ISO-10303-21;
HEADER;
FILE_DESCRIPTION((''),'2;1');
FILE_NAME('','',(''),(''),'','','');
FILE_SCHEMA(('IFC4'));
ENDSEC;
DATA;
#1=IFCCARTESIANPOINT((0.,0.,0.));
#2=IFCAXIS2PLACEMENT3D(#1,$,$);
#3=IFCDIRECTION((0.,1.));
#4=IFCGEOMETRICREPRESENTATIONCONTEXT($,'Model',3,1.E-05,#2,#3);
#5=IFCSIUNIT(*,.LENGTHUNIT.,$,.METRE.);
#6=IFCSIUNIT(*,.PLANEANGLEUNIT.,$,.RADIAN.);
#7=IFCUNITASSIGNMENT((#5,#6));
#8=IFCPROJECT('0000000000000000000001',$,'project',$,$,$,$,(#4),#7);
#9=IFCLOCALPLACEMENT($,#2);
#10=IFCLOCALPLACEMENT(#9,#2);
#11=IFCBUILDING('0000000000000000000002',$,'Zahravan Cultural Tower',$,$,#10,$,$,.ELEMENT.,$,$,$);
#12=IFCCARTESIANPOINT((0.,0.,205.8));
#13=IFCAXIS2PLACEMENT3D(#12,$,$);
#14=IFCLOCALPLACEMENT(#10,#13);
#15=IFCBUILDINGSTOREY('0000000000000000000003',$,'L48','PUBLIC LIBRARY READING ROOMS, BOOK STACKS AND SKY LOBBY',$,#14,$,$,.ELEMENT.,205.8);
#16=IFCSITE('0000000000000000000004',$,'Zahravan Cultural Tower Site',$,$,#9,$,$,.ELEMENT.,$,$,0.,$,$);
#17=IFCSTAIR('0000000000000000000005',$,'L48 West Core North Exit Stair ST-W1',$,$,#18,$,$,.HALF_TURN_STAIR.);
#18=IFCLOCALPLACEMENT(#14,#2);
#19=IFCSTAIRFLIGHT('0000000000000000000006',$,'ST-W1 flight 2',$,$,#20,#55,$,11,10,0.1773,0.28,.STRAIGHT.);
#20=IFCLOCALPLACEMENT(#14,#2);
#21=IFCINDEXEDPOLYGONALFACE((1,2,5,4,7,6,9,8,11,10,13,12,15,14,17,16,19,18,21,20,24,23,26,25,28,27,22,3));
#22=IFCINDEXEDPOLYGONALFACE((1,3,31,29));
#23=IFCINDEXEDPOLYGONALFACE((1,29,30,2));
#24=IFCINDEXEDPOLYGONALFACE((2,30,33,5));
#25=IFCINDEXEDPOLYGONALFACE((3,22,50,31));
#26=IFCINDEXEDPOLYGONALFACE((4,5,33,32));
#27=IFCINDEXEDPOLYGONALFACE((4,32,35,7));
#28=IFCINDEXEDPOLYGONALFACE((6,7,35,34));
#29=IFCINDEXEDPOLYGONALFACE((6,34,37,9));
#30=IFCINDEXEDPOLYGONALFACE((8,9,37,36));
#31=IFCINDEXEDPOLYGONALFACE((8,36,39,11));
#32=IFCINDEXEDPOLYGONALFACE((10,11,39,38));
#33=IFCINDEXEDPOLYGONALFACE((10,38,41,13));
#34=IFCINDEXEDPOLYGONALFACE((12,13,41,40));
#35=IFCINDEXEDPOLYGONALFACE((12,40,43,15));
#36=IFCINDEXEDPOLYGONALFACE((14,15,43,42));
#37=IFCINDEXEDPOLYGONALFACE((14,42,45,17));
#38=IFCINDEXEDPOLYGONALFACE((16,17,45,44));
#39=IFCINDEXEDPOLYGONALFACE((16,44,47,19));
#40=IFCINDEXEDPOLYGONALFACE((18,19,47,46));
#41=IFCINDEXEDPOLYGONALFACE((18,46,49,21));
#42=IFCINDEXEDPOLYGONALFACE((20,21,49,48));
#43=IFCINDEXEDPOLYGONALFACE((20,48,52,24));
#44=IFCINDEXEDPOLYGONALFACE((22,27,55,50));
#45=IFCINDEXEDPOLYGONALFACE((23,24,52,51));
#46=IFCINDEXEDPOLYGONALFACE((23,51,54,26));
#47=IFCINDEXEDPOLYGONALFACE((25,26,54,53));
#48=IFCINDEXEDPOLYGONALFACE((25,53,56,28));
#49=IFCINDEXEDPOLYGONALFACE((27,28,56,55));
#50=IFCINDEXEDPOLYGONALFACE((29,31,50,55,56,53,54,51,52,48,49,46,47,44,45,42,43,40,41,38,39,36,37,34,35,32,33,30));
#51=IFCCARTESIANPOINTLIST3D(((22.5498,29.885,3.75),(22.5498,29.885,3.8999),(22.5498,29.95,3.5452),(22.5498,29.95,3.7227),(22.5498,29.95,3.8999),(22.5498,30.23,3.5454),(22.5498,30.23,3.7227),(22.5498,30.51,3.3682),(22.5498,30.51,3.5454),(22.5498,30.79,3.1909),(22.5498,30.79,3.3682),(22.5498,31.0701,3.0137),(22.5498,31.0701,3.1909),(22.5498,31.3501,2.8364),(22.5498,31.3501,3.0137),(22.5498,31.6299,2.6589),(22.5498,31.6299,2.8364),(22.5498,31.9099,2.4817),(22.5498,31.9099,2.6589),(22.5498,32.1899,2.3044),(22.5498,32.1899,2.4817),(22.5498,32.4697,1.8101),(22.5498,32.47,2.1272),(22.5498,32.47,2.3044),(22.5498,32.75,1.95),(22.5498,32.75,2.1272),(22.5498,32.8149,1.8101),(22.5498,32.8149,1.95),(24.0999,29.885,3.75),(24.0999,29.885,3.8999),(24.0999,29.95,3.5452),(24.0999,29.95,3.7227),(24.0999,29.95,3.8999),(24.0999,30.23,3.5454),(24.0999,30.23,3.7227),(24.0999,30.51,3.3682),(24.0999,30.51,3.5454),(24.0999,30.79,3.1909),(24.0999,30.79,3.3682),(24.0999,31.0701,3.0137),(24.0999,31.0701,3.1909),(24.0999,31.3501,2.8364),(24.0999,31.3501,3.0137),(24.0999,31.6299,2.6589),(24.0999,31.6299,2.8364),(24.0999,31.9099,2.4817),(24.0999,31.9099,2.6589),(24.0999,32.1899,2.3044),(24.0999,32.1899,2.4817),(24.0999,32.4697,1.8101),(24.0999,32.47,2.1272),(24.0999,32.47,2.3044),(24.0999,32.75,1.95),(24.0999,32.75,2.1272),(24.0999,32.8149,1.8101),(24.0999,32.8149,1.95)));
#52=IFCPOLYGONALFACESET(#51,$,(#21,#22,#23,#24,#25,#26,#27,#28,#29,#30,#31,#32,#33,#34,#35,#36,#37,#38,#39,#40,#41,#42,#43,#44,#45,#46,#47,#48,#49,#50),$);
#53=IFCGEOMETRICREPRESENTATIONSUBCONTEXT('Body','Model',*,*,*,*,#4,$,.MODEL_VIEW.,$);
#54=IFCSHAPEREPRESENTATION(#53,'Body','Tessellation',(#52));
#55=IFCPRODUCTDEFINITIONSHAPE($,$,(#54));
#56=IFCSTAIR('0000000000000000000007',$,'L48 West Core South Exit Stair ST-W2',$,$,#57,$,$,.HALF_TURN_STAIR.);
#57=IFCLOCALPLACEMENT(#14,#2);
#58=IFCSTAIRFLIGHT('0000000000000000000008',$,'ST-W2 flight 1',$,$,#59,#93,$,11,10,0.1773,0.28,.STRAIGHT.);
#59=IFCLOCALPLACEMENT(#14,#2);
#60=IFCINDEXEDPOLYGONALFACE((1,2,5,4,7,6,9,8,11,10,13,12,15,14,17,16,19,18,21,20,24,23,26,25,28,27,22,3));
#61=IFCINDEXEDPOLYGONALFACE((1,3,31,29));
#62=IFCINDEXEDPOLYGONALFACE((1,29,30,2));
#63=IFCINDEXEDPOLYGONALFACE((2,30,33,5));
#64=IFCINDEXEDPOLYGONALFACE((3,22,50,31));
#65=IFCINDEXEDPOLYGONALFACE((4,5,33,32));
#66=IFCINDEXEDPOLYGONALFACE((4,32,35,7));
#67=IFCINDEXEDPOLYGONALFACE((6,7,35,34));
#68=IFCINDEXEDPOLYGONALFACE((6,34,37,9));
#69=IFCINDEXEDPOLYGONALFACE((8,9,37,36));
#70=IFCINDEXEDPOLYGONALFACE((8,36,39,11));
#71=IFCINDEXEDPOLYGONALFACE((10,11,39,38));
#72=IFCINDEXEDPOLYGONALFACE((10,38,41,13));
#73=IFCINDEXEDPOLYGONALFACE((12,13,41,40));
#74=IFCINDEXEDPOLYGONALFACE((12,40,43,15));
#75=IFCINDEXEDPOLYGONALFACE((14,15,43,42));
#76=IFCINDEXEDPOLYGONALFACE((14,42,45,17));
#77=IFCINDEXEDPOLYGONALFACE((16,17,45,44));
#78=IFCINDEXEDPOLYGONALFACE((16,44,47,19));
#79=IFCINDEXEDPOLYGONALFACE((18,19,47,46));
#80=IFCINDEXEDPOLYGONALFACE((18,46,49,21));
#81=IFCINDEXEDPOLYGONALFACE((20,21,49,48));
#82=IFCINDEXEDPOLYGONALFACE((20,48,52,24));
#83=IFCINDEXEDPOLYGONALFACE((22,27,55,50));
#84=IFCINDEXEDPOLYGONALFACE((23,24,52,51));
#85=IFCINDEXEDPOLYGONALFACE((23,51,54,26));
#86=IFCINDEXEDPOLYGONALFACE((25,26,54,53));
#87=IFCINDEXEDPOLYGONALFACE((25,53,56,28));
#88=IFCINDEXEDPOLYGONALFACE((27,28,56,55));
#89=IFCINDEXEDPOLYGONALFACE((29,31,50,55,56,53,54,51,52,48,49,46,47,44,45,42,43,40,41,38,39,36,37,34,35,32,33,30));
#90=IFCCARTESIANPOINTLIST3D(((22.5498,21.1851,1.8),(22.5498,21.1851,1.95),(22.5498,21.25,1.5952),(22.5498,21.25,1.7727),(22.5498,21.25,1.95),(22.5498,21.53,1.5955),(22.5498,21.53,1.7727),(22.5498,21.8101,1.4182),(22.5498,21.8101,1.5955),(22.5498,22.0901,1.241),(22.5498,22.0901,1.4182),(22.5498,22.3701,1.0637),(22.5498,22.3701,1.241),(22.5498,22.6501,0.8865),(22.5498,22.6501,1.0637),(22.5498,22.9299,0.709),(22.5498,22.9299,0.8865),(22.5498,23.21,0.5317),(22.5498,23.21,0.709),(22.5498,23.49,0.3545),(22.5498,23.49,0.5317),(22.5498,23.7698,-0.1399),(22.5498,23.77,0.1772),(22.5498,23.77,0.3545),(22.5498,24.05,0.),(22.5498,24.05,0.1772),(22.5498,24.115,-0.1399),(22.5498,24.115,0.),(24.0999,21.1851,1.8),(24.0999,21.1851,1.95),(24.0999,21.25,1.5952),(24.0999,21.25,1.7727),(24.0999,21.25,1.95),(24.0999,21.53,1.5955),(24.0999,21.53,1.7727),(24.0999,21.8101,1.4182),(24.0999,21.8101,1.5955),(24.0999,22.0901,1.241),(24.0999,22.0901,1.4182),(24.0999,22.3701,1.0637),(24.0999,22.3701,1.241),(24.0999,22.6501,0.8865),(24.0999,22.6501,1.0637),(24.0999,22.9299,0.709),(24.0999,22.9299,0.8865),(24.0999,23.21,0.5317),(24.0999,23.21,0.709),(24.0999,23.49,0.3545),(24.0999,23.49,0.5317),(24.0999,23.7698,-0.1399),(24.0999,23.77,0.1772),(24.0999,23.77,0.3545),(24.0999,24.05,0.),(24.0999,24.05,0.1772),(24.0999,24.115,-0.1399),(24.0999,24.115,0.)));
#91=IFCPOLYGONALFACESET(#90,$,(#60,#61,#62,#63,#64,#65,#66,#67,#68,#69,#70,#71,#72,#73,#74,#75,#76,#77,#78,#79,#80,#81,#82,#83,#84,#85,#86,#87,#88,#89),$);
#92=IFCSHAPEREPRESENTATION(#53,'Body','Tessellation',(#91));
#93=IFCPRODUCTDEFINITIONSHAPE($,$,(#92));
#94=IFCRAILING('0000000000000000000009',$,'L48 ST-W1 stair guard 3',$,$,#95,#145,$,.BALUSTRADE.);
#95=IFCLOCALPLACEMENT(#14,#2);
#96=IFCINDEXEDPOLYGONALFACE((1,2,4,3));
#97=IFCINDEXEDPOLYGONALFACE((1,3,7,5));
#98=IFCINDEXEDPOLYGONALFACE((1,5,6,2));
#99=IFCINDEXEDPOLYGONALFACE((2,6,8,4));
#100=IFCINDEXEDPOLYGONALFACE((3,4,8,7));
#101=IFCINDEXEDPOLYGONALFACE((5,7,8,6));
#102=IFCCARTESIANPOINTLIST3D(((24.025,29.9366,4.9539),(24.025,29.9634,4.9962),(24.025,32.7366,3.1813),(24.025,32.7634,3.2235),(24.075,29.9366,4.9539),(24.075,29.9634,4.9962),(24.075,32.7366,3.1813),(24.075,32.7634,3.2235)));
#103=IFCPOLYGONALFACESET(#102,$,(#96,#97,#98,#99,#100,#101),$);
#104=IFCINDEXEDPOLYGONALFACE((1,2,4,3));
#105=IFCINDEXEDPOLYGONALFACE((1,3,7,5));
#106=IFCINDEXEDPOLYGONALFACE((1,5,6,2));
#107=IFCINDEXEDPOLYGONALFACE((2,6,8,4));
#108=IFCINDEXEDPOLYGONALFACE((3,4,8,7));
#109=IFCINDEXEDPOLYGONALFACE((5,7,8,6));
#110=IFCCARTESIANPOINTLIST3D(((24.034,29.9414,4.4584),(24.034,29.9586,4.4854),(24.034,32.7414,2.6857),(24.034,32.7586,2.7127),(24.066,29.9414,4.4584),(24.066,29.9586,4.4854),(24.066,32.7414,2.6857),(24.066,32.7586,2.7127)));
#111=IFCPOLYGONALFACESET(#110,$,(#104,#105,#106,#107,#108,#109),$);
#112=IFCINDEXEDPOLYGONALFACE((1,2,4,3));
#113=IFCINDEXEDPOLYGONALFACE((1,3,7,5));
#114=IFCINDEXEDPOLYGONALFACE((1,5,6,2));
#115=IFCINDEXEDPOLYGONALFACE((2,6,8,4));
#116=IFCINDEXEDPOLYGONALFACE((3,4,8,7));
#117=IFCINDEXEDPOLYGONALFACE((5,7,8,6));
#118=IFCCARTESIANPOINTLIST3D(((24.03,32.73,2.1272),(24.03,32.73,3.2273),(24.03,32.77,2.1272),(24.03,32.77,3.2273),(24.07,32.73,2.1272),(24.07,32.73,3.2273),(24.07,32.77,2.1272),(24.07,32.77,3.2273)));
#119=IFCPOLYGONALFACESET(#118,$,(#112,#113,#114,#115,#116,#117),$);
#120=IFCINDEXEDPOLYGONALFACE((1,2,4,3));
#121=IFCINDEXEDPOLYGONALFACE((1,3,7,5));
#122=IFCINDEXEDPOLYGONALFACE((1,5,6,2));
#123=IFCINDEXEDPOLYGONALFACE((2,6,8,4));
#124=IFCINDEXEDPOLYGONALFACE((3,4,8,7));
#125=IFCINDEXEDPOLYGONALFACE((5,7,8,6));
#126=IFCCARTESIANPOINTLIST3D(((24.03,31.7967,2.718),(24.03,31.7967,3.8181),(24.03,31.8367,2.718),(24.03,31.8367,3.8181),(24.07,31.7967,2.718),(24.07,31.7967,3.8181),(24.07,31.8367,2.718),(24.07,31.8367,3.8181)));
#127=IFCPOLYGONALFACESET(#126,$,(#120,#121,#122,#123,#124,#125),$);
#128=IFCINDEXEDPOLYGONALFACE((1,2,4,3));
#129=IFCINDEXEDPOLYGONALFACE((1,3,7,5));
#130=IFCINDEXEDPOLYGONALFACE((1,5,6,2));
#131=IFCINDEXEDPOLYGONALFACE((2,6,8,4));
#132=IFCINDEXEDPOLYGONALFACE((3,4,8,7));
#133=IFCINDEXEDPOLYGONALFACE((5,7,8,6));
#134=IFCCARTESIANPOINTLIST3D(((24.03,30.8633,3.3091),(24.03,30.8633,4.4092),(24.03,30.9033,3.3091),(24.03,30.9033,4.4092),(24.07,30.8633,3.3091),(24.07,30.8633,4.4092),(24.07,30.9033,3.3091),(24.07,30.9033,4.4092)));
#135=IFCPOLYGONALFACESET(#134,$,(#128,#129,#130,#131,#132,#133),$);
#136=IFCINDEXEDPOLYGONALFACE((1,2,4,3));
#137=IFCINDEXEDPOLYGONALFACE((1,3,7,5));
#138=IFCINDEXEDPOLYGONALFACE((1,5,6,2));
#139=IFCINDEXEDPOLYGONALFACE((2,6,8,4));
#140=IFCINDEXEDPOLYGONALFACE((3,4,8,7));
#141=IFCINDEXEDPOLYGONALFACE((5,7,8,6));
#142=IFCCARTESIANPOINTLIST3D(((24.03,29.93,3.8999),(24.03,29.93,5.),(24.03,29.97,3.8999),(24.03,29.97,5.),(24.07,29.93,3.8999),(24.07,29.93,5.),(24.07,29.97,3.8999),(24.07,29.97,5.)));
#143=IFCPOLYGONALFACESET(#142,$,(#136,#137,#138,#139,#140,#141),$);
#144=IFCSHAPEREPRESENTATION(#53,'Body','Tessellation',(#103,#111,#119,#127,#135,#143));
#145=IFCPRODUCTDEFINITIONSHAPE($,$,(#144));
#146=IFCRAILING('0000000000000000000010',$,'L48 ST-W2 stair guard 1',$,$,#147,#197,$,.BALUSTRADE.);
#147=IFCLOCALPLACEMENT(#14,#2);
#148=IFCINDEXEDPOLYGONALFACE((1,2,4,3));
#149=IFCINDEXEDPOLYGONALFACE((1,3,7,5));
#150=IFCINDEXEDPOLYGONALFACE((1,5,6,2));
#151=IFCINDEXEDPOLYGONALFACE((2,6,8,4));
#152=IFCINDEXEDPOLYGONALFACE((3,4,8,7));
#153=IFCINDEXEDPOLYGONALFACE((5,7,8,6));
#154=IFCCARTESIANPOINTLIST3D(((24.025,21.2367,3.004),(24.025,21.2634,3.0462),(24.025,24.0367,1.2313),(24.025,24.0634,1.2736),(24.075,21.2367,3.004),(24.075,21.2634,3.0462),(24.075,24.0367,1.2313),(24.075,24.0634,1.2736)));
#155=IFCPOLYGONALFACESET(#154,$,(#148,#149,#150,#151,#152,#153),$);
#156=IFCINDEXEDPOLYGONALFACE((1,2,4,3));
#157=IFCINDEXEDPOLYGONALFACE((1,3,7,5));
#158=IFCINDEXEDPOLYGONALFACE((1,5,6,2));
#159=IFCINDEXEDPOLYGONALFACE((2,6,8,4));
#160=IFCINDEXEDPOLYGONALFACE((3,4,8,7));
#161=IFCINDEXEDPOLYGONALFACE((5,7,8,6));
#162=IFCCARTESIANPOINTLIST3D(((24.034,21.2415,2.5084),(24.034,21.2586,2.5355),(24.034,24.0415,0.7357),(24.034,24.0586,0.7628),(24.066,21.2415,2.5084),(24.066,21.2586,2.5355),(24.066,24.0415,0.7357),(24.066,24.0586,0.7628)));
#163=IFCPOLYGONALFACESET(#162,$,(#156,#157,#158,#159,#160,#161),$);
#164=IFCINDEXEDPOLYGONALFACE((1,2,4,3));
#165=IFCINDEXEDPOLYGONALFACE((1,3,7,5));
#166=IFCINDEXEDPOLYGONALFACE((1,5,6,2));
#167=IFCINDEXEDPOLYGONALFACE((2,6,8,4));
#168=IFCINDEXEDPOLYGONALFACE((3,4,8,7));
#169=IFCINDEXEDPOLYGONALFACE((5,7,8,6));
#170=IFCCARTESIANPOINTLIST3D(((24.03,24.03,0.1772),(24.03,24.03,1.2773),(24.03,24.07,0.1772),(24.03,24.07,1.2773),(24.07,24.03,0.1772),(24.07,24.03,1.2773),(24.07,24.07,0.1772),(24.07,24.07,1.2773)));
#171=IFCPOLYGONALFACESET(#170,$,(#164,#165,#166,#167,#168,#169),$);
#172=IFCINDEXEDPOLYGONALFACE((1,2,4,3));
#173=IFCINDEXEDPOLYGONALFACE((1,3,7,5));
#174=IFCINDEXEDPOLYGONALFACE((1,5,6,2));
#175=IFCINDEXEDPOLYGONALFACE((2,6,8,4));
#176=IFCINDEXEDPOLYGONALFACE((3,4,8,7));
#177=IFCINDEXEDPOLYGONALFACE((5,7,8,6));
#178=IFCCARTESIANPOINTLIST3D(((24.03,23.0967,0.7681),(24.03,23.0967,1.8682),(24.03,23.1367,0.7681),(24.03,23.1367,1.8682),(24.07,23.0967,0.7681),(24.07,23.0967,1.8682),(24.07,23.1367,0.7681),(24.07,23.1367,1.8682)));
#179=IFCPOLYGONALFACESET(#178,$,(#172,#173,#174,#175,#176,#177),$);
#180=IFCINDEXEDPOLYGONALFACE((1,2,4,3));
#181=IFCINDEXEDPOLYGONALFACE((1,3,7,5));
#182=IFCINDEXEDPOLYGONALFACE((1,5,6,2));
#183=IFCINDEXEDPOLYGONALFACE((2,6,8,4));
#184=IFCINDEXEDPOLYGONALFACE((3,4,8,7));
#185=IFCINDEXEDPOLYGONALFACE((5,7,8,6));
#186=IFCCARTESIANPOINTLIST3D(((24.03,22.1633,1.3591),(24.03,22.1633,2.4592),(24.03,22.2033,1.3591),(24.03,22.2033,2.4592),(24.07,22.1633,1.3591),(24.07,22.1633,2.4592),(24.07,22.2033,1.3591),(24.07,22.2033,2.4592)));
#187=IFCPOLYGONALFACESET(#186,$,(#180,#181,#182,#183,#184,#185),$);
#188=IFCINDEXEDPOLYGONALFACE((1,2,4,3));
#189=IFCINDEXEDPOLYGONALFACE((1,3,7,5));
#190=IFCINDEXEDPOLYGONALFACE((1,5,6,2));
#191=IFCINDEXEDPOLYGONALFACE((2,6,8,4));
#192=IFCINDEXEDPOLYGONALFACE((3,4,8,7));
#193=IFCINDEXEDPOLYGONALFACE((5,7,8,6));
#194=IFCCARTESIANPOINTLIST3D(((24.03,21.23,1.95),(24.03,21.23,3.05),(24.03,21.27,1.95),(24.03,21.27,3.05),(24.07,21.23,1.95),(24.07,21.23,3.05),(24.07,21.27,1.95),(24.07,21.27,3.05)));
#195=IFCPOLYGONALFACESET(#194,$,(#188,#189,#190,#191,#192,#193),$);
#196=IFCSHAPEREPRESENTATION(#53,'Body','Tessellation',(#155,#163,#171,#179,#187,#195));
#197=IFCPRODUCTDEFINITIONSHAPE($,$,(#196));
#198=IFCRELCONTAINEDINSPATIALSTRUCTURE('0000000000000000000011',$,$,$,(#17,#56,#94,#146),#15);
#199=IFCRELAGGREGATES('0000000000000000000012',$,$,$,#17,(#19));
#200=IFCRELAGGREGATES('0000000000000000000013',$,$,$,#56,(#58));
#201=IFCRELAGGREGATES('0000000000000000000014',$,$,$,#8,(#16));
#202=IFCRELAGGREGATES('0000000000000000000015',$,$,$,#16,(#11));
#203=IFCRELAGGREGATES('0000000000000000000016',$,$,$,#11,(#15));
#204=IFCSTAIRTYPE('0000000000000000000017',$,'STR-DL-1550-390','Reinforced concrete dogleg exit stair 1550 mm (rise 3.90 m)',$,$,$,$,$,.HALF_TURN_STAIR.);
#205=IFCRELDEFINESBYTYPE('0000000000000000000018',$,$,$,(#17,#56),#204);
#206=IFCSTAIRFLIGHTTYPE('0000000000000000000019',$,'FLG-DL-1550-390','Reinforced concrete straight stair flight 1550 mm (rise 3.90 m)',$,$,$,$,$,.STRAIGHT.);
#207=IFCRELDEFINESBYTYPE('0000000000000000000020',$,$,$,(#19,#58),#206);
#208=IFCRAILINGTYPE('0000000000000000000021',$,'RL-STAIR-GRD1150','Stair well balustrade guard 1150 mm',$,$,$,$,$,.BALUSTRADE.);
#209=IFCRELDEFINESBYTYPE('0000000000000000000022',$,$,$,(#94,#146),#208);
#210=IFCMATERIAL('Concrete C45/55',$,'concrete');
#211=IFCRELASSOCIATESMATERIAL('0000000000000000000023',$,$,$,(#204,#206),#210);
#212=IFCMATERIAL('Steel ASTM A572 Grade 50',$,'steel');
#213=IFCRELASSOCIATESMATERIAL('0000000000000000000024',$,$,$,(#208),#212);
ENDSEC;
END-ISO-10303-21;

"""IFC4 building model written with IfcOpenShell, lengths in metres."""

from ifc_helpers import new_model, si_unit, direction, frame, origin, origin_2d, place, context, subcontext, project, spatial, polyline, rectangle, outline, extrude, material, type_object, element, aggregate, save


model = new_model("IFC4")

# Units and contexts
model_context = context("Model", 3, precision=1e-05, world=origin(), true_north=direction((0.0, 1.0)))
body_context = subcontext(model_context, "Body", "Model", "MODEL_VIEW")
ifc_project = project(units=[si_unit("LENGTHUNIT", "METRE"), si_unit("PLANEANGLEUNIT", "RADIAN")], contexts=[model_context])

# Site, building, storey
site_placement = place(None, origin())
site = spatial("IfcSite", under=ifc_project, at=site_placement, Name="Zahravan Cultural Tower Site", CompositionType="ELEMENT", RefElevation=0.0)
building_placement = place(site_placement, origin())
building = spatial("IfcBuilding", under=site, at=building_placement, Name="Zahravan Cultural Tower", CompositionType="ELEMENT")
storey_placement = place(building_placement, frame((0.0, 0.0, 205.8)))
storey = spatial("IfcBuildingStorey", under=building, at=storey_placement, Name="L48", Description="PUBLIC LIBRARY READING ROOMS, BOOK STACKS AND SKY LOBBY", CompositionType="ELEMENT", Elevation=205.8)

# Shared definitions
ifc_material_1 = material(Name="Concrete C45/55", Category="concrete")

# Stairs, stair flights
stair_type = type_object("IfcStairType", Name="STR-DL-1550-390", Description="Reinforced concrete dogleg exit stair 1550 mm (rise 3.90 m)", PredefinedType="HALF_TURN_STAIR", material=ifc_material_1)
stair_1_placement = place(storey_placement, origin())
stair_1 = element("IfcStair", 1, at=stair_1_placement, inside=storey, type_object=stair_type, Name="L48 West Core North Exit Stair ST-W1", PredefinedType="HALF_TURN_STAIR")
stair_flight_type = type_object("IfcStairFlightType", Name="FLG-DL-1550-390", Description="Reinforced concrete straight stair flight 1550 mm (rise 3.90 m)", PredefinedType="STRAIGHT", material=ifc_material_1)
stair_flight_1_placement = place(storey_placement, frame((23.325, 32.75, 1.95), z_axis=(0.0, 0.0, 1.0), x_axis=(0.0, -1.0, 0.0)))
stair_flight_1 = element("IfcStairFlight", 2, at=stair_flight_1_placement, type_object=stair_flight_type, Name="ST-W1 flight 2", NumberOfRisers=11, NumberOfTreads=10, PredefinedType="STRAIGHT", RiserHeight=0.1773, TreadLength=0.28, context=body_context, shape_type="SweptSolid", body=[
    extrude(outline(polyline([(-0.0649, -0.1399), (-0.0649, 0.0), (0.0, 0.0), (0.0, 0.1772), (0.28, 0.1772), (0.28, 0.3545), (0.5601, 0.3545), (0.5601, 0.5317), (0.8401, 0.5317), (0.8401, 0.709), (1.1201, 0.709), (1.1201, 0.8865), (1.3999, 0.8865), (1.3999, 1.0637), (1.6799, 1.0637), (1.6799, 1.241), (1.96, 1.241), (1.96, 1.4182), (2.24, 1.4182), (2.24, 1.5955), (2.52, 1.5955), (2.52, 1.7727), (2.8, 1.7727), (2.8, 1.95), (2.865, 1.95), (2.865, 1.8), (2.8, 1.5952), (0.2803, -0.1399), (-0.0649, -0.1399)])), frame((0.0, 0.7749, 0.0), z_axis=(0.0, -1.0, 0.0), x_axis=(1.0, 0.0, 0.0)), (0.0, 0.0, 1.0), 1.55),
])
aggregate(stair_1, [stair_flight_1])
stair_2_placement = place(storey_placement, origin())
stair_2 = element("IfcStair", 3, at=stair_2_placement, inside=storey, type_object=stair_type, Name="L48 West Core South Exit Stair ST-W2", PredefinedType="HALF_TURN_STAIR")
stair_flight_2_placement = place(storey_placement, frame((23.325, 24.05, 0.0), z_axis=(0.0, 0.0, 1.0), x_axis=(0.0, -1.0, 0.0)))
stair_flight_2 = element("IfcStairFlight", 4, at=stair_flight_2_placement, type_object=stair_flight_type, Name="ST-W2 flight 1", NumberOfRisers=11, NumberOfTreads=10, PredefinedType="STRAIGHT", RiserHeight=0.1773, TreadLength=0.28, context=body_context, shape_type="SweptSolid", body=[
    extrude(outline(polyline([(-0.0649, -0.1399), (-0.0649, 0.0), (0.0, 0.0), (0.0, 0.1772), (0.28, 0.1772), (0.28, 0.3545), (0.5601, 0.3545), (0.5601, 0.5317), (0.8401, 0.5317), (0.8401, 0.709), (1.1201, 0.709), (1.1201, 0.8865), (1.3999, 0.8865), (1.3999, 1.0637), (1.6799, 1.0637), (1.6799, 1.241), (1.96, 1.241), (1.96, 1.4182), (2.24, 1.4182), (2.24, 1.5955), (2.52, 1.5955), (2.52, 1.7727), (2.8, 1.7727), (2.8, 1.95), (2.865, 1.95), (2.865, 1.8), (2.8, 1.5952), (0.2803, -0.1399), (-0.0649, -0.1399)])), frame((0.0, 0.7749, 0.0), z_axis=(0.0, -1.0, 0.0), x_axis=(1.0, 0.0, 0.0)), (0.0, 0.0, 1.0), 1.55),
])
aggregate(stair_2, [stair_flight_2])

# Railings
ifc_material_2 = material(Name="Steel ASTM A572 Grade 50", Category="steel")
railing_type_1 = type_object("IfcRailingType", Name="RL-STAIR-GRD1150", Description="Stair well balustrade guard 1150 mm", PredefinedType="BALUSTRADE", material=ifc_material_2)
for number, where, name in (
    (5, (24.05, 32.75, 2.1272), "L48 ST-W1 stair guard 3"),
    (6, (24.05, 24.05, 0.1772), "L48 ST-W2 stair guard 1"),
):
    element("IfcRailing", number, at=place(storey_placement, frame(where)), inside=storey, type_object=railing_type_1, Name=name, PredefinedType="BALUSTRADE", context=body_context, shape_type="SweptSolid", body=[
        extrude(rectangle(XDim=0.05, YDim=0.05, at=origin_2d()), frame((0.0, 0.0, 1.0752), z_axis=(0.0, -0.844909, 0.53491), x_axis=(1.0, 0.0, 0.0)), (0.0, 0.0, 1.0), 3.314),
        extrude(rectangle(XDim=0.032, YDim=0.032, at=origin_2d()), frame((0.0, 0.0, 0.572), z_axis=(0.0, -0.844909, 0.53491), x_axis=(1.0, 0.0, 0.0)), (0.0, 0.0, 1.0), 3.314),
        extrude(rectangle(XDim=0.04, YDim=0.04, at=origin_2d()), origin(), (0.0, 0.0, 1.0), 1.1001),
        extrude(rectangle(XDim=0.04, YDim=0.04, at=origin_2d()), frame((0.0, -0.9333, 0.5908)), (0.0, 0.0, 1.0), 1.1001),
        extrude(rectangle(XDim=0.04, YDim=0.04, at=origin_2d()), frame((0.0, -1.8667, 1.1819)), (0.0, 0.0, 1.0), 1.1001),
        extrude(rectangle(XDim=0.04, YDim=0.04, at=origin_2d()), frame((0.0, -2.8, 1.7727)), (0.0, 0.0, 1.0), 1.1001),
    ])

save(model, "model.ifc")
